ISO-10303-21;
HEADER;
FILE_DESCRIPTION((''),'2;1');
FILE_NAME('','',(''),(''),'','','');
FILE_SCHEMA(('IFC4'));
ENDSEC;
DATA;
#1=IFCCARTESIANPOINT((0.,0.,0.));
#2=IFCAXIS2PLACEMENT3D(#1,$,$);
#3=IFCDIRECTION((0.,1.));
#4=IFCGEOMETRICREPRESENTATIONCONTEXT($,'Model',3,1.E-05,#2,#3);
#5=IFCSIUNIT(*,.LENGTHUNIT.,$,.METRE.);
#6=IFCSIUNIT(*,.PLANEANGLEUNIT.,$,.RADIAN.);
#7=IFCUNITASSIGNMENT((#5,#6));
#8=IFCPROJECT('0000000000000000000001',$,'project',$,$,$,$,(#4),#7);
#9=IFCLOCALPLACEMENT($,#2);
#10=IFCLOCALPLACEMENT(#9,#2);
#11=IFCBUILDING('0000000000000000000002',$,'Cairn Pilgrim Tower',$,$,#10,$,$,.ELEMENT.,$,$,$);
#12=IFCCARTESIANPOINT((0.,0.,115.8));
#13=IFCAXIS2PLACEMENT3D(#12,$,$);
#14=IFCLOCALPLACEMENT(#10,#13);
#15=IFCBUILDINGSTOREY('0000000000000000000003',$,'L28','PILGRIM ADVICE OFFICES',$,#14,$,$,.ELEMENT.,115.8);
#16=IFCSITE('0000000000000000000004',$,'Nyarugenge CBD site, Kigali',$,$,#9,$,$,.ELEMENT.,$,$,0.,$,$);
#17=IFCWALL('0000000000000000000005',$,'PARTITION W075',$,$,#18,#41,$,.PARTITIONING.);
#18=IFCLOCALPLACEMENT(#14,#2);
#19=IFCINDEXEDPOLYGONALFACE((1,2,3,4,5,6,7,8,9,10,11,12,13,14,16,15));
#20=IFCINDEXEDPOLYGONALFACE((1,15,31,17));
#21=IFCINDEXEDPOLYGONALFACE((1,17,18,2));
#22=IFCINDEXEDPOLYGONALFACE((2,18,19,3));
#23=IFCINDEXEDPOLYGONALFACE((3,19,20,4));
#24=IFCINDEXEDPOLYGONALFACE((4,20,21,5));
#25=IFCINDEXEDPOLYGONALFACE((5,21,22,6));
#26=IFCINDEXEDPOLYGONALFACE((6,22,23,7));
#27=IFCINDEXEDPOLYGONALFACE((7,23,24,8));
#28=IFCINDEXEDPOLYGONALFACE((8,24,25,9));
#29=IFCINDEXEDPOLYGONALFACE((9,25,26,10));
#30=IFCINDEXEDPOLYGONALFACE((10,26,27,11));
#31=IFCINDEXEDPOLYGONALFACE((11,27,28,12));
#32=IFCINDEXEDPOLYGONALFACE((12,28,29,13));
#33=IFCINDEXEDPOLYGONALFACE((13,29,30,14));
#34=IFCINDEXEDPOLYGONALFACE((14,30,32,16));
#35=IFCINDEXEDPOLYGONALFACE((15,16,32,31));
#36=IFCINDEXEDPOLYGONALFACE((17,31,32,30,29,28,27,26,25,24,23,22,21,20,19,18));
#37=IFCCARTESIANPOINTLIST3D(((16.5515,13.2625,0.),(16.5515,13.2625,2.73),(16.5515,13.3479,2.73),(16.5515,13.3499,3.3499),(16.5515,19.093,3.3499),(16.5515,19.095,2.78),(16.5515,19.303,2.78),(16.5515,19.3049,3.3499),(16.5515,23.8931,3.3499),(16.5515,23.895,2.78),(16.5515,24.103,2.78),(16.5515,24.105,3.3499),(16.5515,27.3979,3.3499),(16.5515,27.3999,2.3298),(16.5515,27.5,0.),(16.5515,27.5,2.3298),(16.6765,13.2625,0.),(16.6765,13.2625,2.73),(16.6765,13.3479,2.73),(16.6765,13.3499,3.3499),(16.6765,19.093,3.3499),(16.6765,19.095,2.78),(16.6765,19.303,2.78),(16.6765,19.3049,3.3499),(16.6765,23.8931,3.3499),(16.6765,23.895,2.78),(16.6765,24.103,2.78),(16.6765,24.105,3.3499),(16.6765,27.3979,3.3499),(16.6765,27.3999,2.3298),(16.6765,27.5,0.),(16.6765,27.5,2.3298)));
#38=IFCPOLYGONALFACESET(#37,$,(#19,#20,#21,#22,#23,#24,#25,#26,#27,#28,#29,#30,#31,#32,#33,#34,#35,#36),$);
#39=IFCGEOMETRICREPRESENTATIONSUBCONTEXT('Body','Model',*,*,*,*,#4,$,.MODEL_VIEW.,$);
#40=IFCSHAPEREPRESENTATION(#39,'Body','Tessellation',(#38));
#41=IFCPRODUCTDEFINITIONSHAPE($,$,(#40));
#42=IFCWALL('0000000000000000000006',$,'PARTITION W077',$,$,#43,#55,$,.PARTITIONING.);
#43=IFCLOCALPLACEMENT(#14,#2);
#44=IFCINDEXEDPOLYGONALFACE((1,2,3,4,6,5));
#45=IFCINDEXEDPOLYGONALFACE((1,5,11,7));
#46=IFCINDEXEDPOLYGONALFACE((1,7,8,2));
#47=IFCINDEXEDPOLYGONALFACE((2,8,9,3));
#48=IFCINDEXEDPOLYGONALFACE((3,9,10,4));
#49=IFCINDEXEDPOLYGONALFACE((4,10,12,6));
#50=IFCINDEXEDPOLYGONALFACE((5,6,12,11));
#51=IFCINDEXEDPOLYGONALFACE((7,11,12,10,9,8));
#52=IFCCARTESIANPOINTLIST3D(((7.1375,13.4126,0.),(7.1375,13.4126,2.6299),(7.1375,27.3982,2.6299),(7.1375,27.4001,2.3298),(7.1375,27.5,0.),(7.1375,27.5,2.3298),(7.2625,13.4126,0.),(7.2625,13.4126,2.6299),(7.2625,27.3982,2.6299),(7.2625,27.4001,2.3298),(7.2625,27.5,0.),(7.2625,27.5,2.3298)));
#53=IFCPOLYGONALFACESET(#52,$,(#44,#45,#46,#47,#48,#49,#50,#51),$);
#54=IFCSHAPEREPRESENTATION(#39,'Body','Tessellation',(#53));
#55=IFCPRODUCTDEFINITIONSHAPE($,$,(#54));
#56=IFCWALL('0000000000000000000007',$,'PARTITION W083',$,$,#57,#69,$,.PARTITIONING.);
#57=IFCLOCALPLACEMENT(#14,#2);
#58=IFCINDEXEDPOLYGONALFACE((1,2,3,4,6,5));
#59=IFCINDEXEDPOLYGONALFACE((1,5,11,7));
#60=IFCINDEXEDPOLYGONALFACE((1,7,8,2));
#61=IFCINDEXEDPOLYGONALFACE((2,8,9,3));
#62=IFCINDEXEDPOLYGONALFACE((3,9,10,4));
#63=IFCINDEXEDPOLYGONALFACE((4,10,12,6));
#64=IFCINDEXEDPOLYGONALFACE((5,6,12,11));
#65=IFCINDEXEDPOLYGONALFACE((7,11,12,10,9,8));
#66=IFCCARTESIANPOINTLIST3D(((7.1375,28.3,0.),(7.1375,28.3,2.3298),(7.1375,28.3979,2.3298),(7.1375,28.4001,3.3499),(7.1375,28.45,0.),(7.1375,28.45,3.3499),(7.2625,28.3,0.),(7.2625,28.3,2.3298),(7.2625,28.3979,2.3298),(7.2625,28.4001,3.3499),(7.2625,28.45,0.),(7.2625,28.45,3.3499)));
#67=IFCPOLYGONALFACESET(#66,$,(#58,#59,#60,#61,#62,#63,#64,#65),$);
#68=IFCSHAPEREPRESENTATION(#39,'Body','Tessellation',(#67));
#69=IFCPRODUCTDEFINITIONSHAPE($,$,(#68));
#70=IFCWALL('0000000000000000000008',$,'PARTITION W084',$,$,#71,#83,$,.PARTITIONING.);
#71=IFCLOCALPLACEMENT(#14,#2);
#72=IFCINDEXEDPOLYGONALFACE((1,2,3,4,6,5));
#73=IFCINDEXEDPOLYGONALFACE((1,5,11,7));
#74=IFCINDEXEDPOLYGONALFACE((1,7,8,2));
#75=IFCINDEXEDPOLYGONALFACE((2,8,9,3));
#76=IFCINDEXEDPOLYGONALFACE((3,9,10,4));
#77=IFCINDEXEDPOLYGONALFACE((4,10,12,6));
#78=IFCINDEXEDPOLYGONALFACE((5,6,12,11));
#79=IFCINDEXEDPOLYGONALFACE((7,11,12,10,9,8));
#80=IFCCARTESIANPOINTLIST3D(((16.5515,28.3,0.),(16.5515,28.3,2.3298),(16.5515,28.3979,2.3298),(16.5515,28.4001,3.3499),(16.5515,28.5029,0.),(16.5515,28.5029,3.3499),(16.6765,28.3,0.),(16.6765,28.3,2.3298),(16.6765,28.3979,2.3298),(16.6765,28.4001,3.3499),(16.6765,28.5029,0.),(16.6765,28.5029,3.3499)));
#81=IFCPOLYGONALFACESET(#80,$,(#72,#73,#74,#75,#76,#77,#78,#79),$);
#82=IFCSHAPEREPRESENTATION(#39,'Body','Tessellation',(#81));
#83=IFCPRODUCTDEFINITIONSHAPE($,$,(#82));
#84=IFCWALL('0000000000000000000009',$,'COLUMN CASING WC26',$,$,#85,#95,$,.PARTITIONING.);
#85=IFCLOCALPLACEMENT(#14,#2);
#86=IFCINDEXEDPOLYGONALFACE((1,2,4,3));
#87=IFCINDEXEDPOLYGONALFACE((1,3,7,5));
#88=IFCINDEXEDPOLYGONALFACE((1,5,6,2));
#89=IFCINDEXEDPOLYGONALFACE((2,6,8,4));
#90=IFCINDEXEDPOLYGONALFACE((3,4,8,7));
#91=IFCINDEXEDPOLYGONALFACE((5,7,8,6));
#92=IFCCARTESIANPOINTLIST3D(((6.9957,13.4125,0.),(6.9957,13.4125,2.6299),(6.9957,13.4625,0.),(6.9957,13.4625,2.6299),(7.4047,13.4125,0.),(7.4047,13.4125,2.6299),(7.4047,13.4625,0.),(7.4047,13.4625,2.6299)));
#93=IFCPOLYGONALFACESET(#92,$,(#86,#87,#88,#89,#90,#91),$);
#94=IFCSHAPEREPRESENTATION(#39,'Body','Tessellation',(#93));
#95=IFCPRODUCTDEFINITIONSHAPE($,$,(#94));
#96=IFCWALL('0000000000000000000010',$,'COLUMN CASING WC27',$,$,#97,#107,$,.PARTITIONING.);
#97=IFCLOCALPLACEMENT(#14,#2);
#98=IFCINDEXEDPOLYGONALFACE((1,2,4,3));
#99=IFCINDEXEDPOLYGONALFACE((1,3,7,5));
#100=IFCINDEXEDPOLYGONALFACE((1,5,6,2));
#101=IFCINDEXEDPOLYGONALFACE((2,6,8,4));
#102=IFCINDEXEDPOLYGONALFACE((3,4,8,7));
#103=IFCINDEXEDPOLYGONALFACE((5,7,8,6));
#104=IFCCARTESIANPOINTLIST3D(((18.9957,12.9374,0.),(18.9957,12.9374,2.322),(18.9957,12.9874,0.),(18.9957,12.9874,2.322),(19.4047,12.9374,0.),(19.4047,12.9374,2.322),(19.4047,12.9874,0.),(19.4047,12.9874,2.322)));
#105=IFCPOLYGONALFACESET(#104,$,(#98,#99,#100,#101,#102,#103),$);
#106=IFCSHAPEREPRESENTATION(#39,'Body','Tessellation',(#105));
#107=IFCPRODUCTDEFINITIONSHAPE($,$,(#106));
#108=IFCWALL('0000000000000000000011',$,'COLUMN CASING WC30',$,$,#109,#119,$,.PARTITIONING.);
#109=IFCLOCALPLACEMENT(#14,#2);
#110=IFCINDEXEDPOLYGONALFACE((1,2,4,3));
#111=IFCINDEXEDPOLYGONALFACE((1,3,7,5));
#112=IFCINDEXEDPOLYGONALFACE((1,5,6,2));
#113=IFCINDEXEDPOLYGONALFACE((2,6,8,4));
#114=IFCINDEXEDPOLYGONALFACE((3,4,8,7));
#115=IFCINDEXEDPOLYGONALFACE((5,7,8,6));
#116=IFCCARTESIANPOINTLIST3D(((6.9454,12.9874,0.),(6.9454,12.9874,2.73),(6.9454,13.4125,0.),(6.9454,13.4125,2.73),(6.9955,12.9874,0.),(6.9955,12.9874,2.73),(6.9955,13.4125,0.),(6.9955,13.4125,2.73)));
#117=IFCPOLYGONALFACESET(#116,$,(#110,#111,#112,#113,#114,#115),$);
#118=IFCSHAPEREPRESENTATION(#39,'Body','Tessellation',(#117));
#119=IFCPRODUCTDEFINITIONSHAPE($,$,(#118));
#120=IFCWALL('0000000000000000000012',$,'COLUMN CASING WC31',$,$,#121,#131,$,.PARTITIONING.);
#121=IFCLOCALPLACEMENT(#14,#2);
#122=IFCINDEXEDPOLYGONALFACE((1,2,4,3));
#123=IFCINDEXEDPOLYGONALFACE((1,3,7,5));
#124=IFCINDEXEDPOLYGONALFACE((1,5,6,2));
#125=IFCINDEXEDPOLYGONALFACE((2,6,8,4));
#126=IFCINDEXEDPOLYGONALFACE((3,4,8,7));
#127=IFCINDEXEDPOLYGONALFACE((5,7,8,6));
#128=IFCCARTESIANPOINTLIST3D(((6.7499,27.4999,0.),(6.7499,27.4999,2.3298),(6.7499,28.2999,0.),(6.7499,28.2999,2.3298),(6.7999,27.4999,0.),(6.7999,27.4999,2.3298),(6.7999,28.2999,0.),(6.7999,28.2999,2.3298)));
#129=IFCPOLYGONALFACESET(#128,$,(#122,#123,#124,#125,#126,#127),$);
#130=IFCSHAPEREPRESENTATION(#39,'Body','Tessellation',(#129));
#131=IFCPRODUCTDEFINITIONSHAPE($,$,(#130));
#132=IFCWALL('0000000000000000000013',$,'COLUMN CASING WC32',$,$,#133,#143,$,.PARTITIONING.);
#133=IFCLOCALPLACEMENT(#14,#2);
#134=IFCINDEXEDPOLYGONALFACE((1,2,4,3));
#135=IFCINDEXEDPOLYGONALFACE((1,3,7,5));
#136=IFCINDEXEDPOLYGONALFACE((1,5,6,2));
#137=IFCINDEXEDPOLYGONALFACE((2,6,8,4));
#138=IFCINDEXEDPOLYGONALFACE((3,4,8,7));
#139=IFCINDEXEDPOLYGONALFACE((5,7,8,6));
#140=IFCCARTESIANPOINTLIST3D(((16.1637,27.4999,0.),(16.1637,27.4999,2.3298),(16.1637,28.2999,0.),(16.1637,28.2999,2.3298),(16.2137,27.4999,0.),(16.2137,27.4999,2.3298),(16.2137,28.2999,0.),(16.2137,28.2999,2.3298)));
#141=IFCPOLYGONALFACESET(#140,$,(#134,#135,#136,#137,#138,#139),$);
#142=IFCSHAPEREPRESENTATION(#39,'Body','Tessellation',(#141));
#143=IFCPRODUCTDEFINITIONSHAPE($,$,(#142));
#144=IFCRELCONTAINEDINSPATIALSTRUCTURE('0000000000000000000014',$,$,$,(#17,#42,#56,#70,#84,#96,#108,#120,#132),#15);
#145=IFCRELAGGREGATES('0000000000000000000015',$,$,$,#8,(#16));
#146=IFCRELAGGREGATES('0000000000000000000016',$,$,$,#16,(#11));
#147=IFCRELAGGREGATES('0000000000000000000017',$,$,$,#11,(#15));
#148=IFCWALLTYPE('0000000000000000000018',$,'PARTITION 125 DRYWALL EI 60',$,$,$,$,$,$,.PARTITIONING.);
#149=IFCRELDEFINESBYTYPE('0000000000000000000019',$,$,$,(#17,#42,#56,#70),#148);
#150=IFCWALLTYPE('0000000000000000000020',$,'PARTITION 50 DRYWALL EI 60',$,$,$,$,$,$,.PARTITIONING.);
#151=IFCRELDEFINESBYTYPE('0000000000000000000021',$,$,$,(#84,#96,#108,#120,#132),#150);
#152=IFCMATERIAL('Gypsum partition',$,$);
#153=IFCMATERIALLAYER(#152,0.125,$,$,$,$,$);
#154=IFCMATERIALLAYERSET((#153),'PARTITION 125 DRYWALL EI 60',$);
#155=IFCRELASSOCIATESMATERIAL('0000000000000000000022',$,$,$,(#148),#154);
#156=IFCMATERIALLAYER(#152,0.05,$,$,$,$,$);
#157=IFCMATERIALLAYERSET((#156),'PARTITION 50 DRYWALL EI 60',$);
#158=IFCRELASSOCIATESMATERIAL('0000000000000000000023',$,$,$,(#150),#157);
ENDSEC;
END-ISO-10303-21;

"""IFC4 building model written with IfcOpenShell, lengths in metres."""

from ifc_helpers import new_model, si_unit, direction, frame, frame_2d, origin, place, context, subcontext, project, spatial, polyline, rectangle, outline, extrude, material, layer, layer_set, type_object, element, save


model = new_model("IFC4")

# Units and contexts
model_context = context("Model", 3, precision=1e-05, world=origin(), true_north=direction((0.0, 1.0)))
body_context = subcontext(model_context, "Body", "Model", "MODEL_VIEW")
ifc_project = project(units=[si_unit("LENGTHUNIT", "METRE"), si_unit("PLANEANGLEUNIT", "RADIAN")], contexts=[model_context])

# Site, building, storey
site_placement = place(None, origin())
site = spatial("IfcSite", under=ifc_project, at=site_placement, Name="Nyarugenge CBD site, Kigali", CompositionType="ELEMENT", RefElevation=0.0)
building_placement = place(site_placement, origin())
building = spatial("IfcBuilding", under=site, at=building_placement, Name="Cairn Pilgrim Tower", CompositionType="ELEMENT")
storey_placement = place(building_placement, frame((0.0, 0.0, 115.8)))
storey = spatial("IfcBuildingStorey", under=building, at=storey_placement, Name="L28", Description="PILGRIM ADVICE OFFICES", CompositionType="ELEMENT", Elevation=115.8)

# Shared definitions
ifc_material_1 = material(Name="Gypsum partition")
ifc_layer_1 = layer(ifc_material_1, 0.125)
ifc_layer_set_1 = layer_set([ifc_layer_1], Name="PARTITION 125 DRYWALL EI 60")
wall_type_1 = type_object("IfcWallType", Name="PARTITION 125 DRYWALL EI 60", PredefinedType="PARTITIONING", material=ifc_layer_set_1)

# Walls
wall_1_placement = place(storey_placement, frame((16.614, 13.2625, 0.0), z_axis=(0.0, 0.0, 1.0), x_axis=(0.0, 1.0, 0.0)))
element("IfcWall", 1, at=wall_1_placement, inside=storey, type_object=wall_type_1, Name="PARTITION W075", PredefinedType="PARTITIONING", context=body_context, shape_type="SweptSolid", body=[
    extrude(outline(polyline([(0.0, 0.0), (14.2375, 0.0), (14.2375, 2.3298), (14.1375, 2.3298), (14.1355, 3.3499), (10.8425, 3.3499), (10.8406, 2.78), (10.6326, 2.78), (10.6306, 3.3499), (6.0425, 3.3499), (6.0405, 2.78), (5.8325, 2.78), (5.8306, 3.3499), (0.0874, 3.3499), (0.0854, 2.73), (0.0, 2.73), (0.0, 0.0)])), frame((0.0, 0.0625, 0.0), z_axis=(0.0, -1.0, 0.0), x_axis=(1.0, 0.0, 0.0)), (0.0, 0.0, 1.0), 0.125),
])
wall_2_placement = place(storey_placement, frame((7.2, 13.4126, 0.0), z_axis=(0.0, 0.0, 1.0), x_axis=(0.0, 1.0, 0.0)))
element("IfcWall", 2, at=wall_2_placement, inside=storey, type_object=wall_type_1, Name="PARTITION W077", PredefinedType="PARTITIONING", context=body_context, shape_type="SweptSolid", body=[
    extrude(outline(polyline([(0.0, 0.0), (14.0874, 0.0), (14.0874, 2.3298), (13.9875, 2.3298), (13.9856, 2.6299), (0.0, 2.6299), (0.0, 0.0)])), frame((0.0, 0.0625, 0.0), z_axis=(0.0, -1.0, 0.0), x_axis=(1.0, 0.0, 0.0)), (0.0, 0.0, 1.0), 0.125),
])
wall_3_placement = place(storey_placement, frame((7.2, 28.3, 0.0), z_axis=(0.0, 0.0, 1.0), x_axis=(0.0, 1.0, 0.0)))
element("IfcWall", 3, at=wall_3_placement, inside=storey, type_object=wall_type_1, Name="PARTITION W083", PredefinedType="PARTITIONING", context=body_context, shape_type="SweptSolid", body=[
    extrude(outline(polyline([(0.0, 0.0), (0.1499, 0.0), (0.1499, 3.3499), (0.1001, 3.3499), (0.0979, 2.3298), (0.0, 2.3298), (0.0, 0.0)])), frame((0.0, 0.0625, 0.0), z_axis=(0.0, -1.0, 0.0), x_axis=(1.0, 0.0, 0.0)), (0.0, 0.0, 1.0), 0.125),
])
wall_4_placement = place(storey_placement, frame((16.614, 28.3, 0.0), z_axis=(0.0, 0.0, 1.0), x_axis=(0.0, 1.0, 0.0)))
element("IfcWall", 4, at=wall_4_placement, inside=storey, type_object=wall_type_1, Name="PARTITION W084", PredefinedType="PARTITIONING", context=body_context, shape_type="SweptSolid", body=[
    extrude(outline(polyline([(0.0, 0.0), (0.2029, 0.0), (0.2029, 3.3499), (0.1001, 3.3499), (0.0979, 2.3298), (0.0, 2.3298), (0.0, 0.0)])), frame((0.0, 0.0625, 0.0), z_axis=(0.0, -1.0, 0.0), x_axis=(1.0, 0.0, 0.0)), (0.0, 0.0, 1.0), 0.125),
])
ifc_layer_2 = layer(ifc_material_1, 0.05)
ifc_layer_set_2 = layer_set([ifc_layer_2], Name="PARTITION 50 DRYWALL EI 60")
wall_type_2 = type_object("IfcWallType", Name="PARTITION 50 DRYWALL EI 60", PredefinedType="PARTITIONING", material=ifc_layer_set_2)
wall_5_placement = place(storey_placement, frame((6.9956, 13.4375, 0.0), z_axis=(0.0, 0.0, 1.0), x_axis=(1.0, 0.0, 0.0)))
element("IfcWall", 5, at=wall_5_placement, inside=storey, type_object=wall_type_2, Name="COLUMN CASING WC26", PredefinedType="PARTITIONING", context=body_context, shape_type="SweptSolid", body=[
    extrude(rectangle(XDim=0.4089, YDim=0.05, at=frame_2d((0.2046, 0.0))), origin(), (0.0, 0.0, 1.0), 2.6299),
])
wall_6_placement = place(storey_placement, frame((18.9956, 12.9624, 0.0), z_axis=(0.0, 0.0, 1.0), x_axis=(1.0, 0.0, 0.0)))
element("IfcWall", 6, at=wall_6_placement, inside=storey, type_object=wall_type_2, Name="COLUMN CASING WC27", PredefinedType="PARTITIONING", context=body_context, shape_type="SweptSolid", body=[
    extrude(rectangle(XDim=0.4089, YDim=0.05, at=frame_2d((0.2046, 0.0))), origin(), (0.0, 0.0, 1.0), 2.322),
])
wall_7_placement = place(storey_placement, frame((6.9705, 12.9875, 0.0), z_axis=(0.0, 0.0, 1.0), x_axis=(0.0, 1.0, 0.0)))
element("IfcWall", 7, at=wall_7_placement, inside=storey, type_object=wall_type_2, Name="COLUMN CASING WC30", PredefinedType="PARTITIONING", context=body_context, shape_type="SweptSolid", body=[
    extrude(rectangle(XDim=0.425, YDim=0.05, at=frame_2d((0.2124, 0.0))), origin(), (0.0, 0.0, 1.0), 2.73),
])
for number, where, z_axis, x_axis, name in (
    (8, (6.7749, 27.5, 0.0), (0.0, 0.0, 1.0), (0.0, 1.0, 0.0), "COLUMN CASING WC31"),
    (9, (16.1887, 27.5, 0.0), (0.0, 0.0, 1.0), (0.0, 1.0, 0.0), "COLUMN CASING WC32"),
):
    element("IfcWall", number, at=place(storey_placement, frame(where, z_axis=z_axis, x_axis=x_axis)), inside=storey, type_object=wall_type_2, Name=name, PredefinedType="PARTITIONING", context=body_context, shape_type="SweptSolid", body=[
        extrude(rectangle(XDim=0.8, YDim=0.05, at=frame_2d((0.3999, 0.0))), origin(), (0.0, 0.0, 1.0), 2.3298),
    ])

save(model, "model.ifc")
